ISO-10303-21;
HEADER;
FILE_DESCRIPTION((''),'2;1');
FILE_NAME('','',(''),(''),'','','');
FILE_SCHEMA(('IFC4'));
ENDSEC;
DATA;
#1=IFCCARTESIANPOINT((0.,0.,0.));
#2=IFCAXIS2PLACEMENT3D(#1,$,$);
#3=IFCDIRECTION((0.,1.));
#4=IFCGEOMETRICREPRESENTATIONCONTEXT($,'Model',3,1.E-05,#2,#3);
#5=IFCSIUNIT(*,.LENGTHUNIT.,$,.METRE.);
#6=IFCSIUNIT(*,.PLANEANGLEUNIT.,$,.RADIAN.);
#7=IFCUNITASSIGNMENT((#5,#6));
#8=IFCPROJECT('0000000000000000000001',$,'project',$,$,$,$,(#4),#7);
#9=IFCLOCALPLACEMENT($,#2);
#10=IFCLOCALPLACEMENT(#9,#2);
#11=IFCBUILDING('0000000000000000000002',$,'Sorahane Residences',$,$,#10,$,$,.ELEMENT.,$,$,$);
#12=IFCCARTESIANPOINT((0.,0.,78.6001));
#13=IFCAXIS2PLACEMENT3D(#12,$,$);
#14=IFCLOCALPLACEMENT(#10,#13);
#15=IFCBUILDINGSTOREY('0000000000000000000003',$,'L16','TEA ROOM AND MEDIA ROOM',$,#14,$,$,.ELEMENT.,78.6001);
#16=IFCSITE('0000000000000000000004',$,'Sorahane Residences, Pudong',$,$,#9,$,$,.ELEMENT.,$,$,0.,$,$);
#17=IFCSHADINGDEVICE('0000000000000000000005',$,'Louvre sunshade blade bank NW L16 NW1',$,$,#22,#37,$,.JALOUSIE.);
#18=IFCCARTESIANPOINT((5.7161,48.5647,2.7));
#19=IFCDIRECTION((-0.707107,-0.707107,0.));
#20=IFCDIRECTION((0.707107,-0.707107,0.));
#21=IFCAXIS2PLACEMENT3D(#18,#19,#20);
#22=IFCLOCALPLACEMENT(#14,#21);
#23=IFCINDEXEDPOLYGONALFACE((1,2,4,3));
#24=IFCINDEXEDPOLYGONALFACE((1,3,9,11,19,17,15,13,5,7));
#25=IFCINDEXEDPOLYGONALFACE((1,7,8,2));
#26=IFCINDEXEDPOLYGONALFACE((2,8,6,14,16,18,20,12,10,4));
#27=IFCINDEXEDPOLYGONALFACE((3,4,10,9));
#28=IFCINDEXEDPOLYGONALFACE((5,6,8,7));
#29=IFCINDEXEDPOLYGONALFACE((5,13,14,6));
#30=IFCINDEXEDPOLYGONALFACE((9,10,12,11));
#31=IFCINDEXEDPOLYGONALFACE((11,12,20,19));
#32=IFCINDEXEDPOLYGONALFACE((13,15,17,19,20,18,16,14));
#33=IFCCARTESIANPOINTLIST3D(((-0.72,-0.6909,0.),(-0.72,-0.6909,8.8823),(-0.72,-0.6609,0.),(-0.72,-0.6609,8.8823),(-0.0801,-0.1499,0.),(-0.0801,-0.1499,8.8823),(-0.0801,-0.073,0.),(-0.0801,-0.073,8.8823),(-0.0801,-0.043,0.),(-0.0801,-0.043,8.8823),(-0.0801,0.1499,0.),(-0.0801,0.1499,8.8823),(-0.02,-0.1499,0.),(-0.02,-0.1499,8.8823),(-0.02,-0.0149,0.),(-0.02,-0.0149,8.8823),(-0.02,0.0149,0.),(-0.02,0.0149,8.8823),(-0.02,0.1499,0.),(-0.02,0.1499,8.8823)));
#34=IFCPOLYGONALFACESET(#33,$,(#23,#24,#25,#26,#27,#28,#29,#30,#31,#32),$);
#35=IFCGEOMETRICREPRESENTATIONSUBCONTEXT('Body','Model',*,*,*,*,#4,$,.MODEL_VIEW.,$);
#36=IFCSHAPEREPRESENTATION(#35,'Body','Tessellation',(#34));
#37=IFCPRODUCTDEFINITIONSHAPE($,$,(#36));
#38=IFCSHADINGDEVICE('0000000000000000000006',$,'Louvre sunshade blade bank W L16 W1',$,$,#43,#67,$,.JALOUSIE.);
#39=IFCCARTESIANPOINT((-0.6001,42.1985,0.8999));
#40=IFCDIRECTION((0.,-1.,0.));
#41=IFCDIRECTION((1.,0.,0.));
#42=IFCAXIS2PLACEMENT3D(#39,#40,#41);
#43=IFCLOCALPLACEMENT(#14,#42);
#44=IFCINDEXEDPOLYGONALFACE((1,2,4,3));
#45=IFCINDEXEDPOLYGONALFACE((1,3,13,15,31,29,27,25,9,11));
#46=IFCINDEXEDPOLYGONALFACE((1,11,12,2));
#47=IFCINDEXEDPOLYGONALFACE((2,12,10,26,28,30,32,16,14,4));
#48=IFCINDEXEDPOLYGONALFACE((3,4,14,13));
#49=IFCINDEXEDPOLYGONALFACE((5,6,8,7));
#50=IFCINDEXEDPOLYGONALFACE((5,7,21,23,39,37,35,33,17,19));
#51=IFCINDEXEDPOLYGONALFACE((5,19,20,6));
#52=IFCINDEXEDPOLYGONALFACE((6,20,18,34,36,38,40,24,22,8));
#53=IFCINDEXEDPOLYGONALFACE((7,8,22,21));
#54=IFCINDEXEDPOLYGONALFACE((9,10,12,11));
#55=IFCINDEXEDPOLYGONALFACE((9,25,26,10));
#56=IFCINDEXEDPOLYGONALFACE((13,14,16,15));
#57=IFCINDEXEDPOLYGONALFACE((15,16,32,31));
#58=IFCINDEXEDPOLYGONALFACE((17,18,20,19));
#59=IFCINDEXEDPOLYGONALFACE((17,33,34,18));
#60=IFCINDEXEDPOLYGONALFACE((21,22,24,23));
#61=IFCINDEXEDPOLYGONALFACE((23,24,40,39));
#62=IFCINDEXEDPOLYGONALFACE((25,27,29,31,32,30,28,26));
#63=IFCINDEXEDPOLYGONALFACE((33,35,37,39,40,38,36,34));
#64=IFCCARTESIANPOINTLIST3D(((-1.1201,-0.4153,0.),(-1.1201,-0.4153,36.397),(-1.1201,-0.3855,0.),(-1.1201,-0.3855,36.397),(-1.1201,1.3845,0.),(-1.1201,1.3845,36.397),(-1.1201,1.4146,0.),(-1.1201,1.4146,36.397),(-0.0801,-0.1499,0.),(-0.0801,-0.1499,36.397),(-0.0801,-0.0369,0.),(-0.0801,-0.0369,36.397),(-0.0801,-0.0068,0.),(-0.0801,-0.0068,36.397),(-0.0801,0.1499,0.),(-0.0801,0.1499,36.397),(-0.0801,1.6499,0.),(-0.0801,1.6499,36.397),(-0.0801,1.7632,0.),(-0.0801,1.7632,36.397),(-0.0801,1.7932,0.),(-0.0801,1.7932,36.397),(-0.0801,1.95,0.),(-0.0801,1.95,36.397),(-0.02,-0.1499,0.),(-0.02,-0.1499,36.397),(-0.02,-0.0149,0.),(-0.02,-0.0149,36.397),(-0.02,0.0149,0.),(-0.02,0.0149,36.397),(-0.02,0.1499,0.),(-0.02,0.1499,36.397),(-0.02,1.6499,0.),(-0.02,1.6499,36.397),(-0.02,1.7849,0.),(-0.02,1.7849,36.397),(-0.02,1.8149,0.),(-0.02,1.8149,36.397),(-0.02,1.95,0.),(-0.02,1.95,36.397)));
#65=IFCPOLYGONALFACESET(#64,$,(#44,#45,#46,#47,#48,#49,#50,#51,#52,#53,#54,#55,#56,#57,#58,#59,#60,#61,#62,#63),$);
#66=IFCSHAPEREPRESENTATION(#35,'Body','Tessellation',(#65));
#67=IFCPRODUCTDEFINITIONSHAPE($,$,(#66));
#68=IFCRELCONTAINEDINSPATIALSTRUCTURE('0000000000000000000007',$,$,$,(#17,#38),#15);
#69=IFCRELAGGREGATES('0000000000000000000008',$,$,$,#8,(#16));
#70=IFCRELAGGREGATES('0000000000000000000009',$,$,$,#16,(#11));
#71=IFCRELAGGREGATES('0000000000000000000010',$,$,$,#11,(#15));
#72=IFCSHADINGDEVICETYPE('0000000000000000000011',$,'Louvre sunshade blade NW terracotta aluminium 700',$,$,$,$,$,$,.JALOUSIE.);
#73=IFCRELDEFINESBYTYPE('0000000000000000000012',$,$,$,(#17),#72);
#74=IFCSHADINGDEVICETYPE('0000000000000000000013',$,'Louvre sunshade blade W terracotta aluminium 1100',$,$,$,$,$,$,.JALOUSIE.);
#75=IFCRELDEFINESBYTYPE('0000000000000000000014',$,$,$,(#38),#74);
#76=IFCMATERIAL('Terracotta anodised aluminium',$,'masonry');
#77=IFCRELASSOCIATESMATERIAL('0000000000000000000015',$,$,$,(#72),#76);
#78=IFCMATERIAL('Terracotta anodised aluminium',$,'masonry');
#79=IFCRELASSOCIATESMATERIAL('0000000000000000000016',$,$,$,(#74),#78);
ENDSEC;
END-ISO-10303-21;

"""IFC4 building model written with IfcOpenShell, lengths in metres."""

from ifc_helpers import new_model, si_unit, direction, frame, origin, place, context, subcontext, project, spatial, polyline, outline, composite_profile, extrude, material, type_object, element, save


model = new_model("IFC4")

# Units and contexts
model_context = context("Model", 3, precision=1e-05, world=origin(), true_north=direction((0.0, 1.0)))
body_context = subcontext(model_context, "Body", "Model", "MODEL_VIEW")
ifc_project = project(units=[si_unit("LENGTHUNIT", "METRE"), si_unit("PLANEANGLEUNIT", "RADIAN")], contexts=[model_context])

# Site, building, storey
site_placement = place(None, origin())
site = spatial("IfcSite", under=ifc_project, at=site_placement, Name="Sorahane Residences, Pudong", CompositionType="ELEMENT", RefElevation=0.0)
building_placement = place(site_placement, origin())
building = spatial("IfcBuilding", under=site, at=building_placement, Name="Sorahane Residences", CompositionType="ELEMENT")
storey_placement = place(building_placement, frame((0.0, 0.0, 78.6001)))
storey = spatial("IfcBuildingStorey", under=building, at=storey_placement, Name="L16", Description="TEA ROOM AND MEDIA ROOM", CompositionType="ELEMENT", Elevation=78.6001)

# Shading devices
ifc_material_1 = material(Name="Terracotta anodised aluminium", Category="masonry")
shading_device_type_1 = type_object("IfcShadingDeviceType", Name="Louvre sunshade blade NW terracotta aluminium 700", PredefinedType="JALOUSIE", material=ifc_material_1)
shading_device_1_placement = place(storey_placement, frame((5.7161, 48.5647, 2.7), z_axis=(-0.707107, -0.707107, 0.0), x_axis=(0.707107, -0.707107, 0.0)))
element("IfcShadingDevice", 1, at=shading_device_1_placement, inside=storey, type_object=shading_device_type_1, Name="Louvre sunshade blade bank NW L16 NW1", PredefinedType="JALOUSIE", context=body_context, shape_type="SweptSolid", body=[
    extrude(outline(polyline([(-0.72, -0.6609), (-0.72, -0.6909), (-0.0801, -0.073), (-0.0801, -0.1499), (-0.02, -0.1499), (-0.02, -0.0149), (-0.02, 0.0149), (-0.02, 0.1499), (-0.0801, 0.1499), (-0.0801, -0.043), (-0.72, -0.6609)])), origin(), (0.0, 0.0, 1.0), 8.8823),
])
ifc_material_2 = material(Name="Terracotta anodised aluminium", Category="masonry")
shading_device_type_2 = type_object("IfcShadingDeviceType", Name="Louvre sunshade blade W terracotta aluminium 1100", PredefinedType="JALOUSIE", material=ifc_material_2)
shading_device_2_placement = place(storey_placement, frame((-0.6001, 42.1985, 0.8999), z_axis=(0.0, -1.0, 0.0), x_axis=(1.0, 0.0, 0.0)))
element("IfcShadingDevice", 2, at=shading_device_2_placement, inside=storey, type_object=shading_device_type_2, Name="Louvre sunshade blade bank W L16 W1", PredefinedType="JALOUSIE", context=body_context, shape_type="SweptSolid", body=[
    extrude(composite_profile([outline(polyline([(-1.1201, -0.3855), (-1.1201, -0.4153), (-0.0801, -0.0369), (-0.0801, -0.1499), (-0.02, -0.1499), (-0.02, -0.0149), (-0.02, 0.0149), (-0.02, 0.1499), (-0.0801, 0.1499), (-0.0801, -0.0068), (-1.1201, -0.3855)])), outline(polyline([(-1.1201, 1.4146), (-1.1201, 1.3845), (-0.0801, 1.7632), (-0.0801, 1.6499), (-0.02, 1.6499), (-0.02, 1.7849), (-0.02, 1.8149), (-0.02, 1.95), (-0.0801, 1.95), (-0.0801, 1.7932), (-1.1201, 1.4146)]))]), origin(), (0.0, 0.0, 1.0), 36.397),
])

save(model, "model.ifc")
